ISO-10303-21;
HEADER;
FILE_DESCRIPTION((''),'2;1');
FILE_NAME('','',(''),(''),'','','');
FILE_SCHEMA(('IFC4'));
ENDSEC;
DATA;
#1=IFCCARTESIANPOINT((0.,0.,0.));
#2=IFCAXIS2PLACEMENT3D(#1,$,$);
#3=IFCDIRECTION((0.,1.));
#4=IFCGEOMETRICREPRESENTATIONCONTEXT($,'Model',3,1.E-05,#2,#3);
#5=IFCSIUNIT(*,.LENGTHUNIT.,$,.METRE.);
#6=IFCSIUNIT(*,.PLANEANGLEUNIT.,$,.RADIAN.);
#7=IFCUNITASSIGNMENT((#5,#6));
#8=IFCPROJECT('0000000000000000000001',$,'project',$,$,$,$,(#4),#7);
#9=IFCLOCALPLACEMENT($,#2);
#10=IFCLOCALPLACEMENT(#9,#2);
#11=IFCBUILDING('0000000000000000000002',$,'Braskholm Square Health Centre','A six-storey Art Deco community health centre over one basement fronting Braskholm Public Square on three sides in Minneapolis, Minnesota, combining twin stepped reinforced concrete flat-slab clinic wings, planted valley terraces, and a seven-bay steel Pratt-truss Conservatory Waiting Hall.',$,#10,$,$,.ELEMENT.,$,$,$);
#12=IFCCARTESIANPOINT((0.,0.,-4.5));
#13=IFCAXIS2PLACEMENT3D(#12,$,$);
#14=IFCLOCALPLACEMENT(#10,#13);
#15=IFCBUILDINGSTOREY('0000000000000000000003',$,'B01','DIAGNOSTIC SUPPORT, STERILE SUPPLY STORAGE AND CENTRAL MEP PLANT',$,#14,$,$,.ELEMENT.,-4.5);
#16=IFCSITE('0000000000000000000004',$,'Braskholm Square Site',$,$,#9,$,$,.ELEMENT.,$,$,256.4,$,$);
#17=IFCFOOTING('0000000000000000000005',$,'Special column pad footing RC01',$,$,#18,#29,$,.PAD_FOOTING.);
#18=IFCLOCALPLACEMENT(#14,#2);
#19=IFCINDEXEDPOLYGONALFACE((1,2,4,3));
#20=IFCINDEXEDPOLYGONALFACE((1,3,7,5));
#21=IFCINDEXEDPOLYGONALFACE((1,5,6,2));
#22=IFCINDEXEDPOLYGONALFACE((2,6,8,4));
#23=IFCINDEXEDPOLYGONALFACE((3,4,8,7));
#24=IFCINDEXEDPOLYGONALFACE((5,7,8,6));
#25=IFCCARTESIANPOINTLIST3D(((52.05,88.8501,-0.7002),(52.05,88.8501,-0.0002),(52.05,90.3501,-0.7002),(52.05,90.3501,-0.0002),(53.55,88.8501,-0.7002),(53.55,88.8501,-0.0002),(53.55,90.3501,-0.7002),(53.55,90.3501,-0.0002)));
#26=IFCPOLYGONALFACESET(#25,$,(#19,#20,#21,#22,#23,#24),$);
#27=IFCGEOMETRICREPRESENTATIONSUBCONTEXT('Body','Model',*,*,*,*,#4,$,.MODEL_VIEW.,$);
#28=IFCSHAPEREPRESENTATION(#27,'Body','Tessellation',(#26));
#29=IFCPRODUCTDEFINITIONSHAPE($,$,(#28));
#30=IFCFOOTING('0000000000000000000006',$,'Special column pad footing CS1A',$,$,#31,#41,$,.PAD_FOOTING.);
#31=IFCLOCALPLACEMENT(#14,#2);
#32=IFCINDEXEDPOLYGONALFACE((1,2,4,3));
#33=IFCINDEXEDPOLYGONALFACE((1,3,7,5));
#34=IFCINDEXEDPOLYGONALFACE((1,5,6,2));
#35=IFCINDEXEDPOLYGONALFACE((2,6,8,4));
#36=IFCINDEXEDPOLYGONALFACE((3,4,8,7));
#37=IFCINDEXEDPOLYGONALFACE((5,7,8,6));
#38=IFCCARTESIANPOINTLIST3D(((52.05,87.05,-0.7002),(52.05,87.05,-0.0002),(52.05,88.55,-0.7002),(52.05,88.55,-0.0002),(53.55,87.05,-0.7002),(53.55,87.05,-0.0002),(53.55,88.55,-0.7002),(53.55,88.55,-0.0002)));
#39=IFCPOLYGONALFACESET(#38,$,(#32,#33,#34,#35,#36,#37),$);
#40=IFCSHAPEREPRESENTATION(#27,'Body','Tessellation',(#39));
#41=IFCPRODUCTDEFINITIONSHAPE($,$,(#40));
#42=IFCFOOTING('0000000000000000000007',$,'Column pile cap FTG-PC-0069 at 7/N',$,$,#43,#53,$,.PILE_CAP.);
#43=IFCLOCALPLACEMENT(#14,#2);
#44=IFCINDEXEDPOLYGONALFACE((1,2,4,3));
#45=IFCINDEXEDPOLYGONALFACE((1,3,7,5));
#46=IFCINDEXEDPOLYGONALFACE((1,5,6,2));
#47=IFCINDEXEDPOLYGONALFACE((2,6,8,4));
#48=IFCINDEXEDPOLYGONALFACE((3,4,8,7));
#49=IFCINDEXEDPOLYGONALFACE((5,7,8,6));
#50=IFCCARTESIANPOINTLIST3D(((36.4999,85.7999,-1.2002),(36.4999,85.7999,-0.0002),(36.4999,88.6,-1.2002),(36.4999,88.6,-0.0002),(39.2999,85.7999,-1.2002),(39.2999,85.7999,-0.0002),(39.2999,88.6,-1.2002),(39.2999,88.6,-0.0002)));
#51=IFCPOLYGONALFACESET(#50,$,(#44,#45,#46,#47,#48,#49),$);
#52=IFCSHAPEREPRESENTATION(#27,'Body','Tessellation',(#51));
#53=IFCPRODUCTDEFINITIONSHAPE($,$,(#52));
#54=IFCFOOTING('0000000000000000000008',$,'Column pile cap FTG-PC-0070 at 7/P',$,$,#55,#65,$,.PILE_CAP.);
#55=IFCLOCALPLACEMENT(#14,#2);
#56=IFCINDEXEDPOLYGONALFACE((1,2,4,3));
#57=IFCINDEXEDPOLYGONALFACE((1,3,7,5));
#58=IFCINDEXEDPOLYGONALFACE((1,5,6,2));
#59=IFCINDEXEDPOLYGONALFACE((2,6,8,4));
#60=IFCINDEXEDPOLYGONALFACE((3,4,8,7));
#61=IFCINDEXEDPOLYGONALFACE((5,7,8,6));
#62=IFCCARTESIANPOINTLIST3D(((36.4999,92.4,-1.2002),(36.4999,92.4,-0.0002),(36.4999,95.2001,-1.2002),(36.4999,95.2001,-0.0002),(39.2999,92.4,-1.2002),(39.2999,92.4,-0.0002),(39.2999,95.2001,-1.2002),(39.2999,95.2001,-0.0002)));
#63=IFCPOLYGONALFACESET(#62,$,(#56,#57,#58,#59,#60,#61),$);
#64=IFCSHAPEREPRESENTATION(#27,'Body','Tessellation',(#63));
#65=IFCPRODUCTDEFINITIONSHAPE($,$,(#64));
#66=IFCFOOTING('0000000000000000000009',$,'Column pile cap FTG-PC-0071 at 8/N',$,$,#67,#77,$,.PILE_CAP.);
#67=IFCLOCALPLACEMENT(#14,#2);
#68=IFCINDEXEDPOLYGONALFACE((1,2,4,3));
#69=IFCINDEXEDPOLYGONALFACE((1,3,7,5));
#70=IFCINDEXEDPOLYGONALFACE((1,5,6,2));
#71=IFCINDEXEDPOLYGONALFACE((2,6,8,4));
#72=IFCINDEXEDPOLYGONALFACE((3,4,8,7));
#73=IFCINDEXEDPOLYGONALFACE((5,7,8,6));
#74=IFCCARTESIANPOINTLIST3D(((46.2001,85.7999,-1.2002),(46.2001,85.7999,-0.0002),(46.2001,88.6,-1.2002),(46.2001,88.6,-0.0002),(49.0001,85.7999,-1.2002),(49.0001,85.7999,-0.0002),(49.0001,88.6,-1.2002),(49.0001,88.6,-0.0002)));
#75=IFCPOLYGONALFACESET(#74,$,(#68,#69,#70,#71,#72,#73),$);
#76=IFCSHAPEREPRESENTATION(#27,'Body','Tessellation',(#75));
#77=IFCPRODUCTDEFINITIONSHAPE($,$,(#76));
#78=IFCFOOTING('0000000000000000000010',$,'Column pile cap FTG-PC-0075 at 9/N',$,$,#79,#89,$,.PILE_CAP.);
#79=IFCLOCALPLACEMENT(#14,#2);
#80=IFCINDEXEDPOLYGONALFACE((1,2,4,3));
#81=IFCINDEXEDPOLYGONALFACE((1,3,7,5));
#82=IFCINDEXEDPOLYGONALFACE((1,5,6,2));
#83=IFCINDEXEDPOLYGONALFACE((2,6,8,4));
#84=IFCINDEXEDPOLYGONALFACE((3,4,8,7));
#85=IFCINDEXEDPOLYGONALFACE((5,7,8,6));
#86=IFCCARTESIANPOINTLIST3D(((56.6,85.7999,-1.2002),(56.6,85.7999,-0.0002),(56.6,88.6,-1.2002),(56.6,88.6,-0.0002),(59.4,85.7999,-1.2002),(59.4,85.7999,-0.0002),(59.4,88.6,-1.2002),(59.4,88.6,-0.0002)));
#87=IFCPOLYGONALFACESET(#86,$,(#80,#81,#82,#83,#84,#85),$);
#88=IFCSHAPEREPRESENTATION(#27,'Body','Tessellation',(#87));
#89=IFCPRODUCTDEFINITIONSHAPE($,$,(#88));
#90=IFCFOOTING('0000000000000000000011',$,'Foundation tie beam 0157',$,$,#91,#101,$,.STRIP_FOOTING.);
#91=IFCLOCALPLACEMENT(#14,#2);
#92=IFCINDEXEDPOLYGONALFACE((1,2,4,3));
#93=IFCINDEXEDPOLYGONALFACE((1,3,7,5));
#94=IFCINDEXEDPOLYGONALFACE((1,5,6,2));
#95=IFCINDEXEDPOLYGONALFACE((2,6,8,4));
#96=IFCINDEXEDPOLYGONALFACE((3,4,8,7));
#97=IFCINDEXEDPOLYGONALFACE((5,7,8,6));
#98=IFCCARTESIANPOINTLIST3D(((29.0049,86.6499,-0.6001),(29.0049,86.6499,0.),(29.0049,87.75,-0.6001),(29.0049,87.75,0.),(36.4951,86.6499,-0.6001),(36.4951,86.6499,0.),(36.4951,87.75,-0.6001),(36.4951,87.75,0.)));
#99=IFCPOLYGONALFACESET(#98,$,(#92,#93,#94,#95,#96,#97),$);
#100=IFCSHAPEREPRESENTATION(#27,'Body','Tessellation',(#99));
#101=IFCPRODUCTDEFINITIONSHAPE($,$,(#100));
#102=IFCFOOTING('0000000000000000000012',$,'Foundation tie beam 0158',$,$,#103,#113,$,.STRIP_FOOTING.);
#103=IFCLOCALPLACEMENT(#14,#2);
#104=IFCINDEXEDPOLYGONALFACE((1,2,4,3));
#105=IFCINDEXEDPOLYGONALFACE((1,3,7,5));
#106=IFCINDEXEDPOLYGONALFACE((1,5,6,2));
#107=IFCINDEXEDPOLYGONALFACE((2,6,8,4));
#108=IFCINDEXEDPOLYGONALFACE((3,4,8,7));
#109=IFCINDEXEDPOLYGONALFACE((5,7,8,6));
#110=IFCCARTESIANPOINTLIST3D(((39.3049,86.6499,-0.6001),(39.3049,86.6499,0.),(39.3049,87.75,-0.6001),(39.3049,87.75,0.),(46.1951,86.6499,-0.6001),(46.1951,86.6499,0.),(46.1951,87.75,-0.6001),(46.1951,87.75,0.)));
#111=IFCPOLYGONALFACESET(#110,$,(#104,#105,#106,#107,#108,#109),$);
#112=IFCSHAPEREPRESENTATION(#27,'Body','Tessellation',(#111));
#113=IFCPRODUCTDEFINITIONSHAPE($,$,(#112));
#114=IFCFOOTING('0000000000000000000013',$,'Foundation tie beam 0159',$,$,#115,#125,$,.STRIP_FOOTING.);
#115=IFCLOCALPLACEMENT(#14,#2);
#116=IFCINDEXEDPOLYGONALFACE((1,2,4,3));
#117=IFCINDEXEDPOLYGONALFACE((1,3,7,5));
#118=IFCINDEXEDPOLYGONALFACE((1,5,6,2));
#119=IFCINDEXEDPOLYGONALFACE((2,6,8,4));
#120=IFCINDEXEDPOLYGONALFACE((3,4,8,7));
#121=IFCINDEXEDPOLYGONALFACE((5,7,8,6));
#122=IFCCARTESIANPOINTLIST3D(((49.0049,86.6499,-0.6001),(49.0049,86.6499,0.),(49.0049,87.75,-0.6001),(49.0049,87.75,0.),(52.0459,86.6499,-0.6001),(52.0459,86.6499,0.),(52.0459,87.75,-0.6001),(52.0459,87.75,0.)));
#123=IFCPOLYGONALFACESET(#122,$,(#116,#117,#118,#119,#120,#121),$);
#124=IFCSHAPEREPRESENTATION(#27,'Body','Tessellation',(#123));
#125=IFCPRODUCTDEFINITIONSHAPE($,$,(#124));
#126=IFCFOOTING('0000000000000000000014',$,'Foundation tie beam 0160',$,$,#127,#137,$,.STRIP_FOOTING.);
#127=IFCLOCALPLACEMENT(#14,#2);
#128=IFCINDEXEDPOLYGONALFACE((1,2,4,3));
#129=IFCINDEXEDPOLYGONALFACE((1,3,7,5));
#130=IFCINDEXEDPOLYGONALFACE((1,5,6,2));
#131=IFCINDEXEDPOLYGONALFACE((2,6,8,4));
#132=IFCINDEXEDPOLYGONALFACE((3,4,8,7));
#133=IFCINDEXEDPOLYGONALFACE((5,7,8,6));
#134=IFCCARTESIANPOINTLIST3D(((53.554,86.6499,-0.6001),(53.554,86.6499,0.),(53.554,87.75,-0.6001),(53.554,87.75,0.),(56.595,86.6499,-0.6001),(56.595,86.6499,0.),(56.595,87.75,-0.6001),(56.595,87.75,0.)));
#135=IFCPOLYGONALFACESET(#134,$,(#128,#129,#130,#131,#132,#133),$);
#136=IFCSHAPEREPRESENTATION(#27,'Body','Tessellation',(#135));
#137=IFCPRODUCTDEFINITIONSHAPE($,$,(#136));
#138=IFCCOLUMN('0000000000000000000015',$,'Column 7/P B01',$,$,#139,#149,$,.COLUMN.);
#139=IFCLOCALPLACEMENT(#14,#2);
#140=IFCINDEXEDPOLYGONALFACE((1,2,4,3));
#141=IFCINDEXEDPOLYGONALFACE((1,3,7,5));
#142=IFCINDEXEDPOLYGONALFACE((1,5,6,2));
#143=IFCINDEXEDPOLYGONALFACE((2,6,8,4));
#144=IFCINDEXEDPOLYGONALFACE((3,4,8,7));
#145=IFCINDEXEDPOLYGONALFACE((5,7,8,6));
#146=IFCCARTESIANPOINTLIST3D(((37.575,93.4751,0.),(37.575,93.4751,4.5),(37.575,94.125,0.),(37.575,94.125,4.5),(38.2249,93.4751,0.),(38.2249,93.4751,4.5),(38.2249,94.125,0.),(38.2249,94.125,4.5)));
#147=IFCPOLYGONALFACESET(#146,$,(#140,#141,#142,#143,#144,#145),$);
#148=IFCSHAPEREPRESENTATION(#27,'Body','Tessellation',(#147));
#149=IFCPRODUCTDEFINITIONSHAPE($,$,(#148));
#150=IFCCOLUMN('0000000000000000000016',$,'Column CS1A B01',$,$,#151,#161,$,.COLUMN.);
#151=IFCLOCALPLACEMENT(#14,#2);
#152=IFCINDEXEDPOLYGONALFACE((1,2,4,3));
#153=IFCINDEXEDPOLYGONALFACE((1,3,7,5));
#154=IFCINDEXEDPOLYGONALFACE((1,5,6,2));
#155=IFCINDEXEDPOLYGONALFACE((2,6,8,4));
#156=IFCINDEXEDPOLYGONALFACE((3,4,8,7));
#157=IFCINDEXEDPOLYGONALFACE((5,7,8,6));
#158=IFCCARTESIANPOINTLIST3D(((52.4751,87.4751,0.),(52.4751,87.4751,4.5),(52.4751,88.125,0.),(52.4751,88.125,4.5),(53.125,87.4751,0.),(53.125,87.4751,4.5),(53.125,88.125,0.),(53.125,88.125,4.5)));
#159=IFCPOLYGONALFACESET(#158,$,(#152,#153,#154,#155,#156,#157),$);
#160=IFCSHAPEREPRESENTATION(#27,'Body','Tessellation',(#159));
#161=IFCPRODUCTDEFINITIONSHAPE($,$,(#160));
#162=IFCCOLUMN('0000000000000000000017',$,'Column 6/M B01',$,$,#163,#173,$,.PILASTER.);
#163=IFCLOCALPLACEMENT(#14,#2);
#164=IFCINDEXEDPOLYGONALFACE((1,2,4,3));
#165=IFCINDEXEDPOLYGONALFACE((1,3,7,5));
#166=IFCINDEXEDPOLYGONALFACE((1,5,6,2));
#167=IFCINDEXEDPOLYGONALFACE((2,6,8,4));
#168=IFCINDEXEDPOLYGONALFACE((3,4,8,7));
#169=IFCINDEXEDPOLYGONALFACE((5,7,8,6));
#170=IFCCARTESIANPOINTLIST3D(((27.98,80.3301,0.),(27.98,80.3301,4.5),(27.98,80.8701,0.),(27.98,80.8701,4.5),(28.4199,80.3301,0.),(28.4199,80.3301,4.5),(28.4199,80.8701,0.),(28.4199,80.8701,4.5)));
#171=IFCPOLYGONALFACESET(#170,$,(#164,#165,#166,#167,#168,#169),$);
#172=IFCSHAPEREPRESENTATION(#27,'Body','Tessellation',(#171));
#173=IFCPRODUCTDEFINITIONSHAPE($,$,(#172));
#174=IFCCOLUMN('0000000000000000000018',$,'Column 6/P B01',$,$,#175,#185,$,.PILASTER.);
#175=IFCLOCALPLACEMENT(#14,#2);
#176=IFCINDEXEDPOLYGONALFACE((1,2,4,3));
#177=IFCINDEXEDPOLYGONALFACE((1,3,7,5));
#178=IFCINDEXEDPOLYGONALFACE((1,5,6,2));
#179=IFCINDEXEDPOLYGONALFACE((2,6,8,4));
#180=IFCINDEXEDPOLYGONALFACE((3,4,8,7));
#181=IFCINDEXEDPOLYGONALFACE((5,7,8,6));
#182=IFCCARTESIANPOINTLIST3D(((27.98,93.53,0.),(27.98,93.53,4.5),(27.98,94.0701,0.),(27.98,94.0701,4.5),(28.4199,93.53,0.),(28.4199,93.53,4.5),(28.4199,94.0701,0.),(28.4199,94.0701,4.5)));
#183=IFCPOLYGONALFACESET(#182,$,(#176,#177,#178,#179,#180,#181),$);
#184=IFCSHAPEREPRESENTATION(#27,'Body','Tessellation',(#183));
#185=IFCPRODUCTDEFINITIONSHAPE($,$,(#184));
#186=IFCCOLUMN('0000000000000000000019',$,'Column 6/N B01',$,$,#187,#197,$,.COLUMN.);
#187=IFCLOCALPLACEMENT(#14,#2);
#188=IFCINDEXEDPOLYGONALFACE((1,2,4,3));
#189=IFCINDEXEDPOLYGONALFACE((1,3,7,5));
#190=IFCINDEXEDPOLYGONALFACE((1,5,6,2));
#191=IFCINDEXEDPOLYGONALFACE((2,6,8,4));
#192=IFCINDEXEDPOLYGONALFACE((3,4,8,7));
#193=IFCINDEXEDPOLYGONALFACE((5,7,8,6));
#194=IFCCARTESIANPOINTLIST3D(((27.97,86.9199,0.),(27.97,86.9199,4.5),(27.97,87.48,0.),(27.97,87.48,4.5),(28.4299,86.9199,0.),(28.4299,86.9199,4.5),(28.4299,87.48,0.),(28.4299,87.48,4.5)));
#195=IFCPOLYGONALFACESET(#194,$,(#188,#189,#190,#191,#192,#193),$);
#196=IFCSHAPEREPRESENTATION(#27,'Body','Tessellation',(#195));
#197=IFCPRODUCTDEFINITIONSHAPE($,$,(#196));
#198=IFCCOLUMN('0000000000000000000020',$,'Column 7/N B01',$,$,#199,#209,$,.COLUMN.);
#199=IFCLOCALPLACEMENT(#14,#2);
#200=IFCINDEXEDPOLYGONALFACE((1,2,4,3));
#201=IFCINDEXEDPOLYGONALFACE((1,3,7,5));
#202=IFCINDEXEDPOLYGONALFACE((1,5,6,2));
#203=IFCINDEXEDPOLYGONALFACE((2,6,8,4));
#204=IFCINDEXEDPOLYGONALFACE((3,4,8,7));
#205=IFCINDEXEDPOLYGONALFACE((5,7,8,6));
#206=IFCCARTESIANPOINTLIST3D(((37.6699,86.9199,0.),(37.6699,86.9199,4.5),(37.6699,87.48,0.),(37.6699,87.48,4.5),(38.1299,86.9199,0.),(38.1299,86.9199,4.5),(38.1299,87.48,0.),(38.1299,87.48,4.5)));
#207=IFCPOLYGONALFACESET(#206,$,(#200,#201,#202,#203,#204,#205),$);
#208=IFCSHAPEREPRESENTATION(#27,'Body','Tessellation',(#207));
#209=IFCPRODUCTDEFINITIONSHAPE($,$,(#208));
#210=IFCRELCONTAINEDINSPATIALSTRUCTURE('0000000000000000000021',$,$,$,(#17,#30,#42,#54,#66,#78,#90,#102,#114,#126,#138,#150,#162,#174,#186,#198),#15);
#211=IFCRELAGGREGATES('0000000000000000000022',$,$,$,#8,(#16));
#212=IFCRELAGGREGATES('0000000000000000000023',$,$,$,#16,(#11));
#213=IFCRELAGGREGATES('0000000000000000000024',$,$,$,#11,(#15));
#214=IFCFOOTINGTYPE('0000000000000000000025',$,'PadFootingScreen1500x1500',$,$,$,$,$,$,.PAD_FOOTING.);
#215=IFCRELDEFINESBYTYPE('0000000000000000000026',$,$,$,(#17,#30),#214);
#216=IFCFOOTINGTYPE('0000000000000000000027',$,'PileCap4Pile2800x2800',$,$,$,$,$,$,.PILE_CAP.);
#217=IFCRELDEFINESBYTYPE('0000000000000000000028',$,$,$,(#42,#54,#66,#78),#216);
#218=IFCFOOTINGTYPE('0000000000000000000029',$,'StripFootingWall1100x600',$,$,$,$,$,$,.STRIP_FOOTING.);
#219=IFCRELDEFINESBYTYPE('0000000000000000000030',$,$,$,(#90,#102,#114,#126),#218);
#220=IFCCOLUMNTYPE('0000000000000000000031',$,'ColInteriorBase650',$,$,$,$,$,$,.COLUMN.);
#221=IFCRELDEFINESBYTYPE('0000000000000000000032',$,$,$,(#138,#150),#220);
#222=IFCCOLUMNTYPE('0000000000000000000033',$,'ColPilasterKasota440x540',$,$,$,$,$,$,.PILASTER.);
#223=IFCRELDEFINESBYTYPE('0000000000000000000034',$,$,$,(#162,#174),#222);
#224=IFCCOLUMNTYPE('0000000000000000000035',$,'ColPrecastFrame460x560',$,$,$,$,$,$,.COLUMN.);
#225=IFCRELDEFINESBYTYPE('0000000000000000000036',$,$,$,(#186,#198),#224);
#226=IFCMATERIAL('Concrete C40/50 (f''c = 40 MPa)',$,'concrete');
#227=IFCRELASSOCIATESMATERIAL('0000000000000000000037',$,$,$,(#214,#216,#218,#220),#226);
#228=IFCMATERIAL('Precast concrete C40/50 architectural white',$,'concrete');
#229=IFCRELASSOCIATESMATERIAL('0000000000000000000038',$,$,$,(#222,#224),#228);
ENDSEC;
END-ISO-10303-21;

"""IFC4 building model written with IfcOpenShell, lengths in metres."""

from ifc_helpers import new_model, si_unit, direction, frame, origin, origin_2d, place, context, subcontext, project, spatial, rectangle, extrude, material, material_profile, profile_set, type_object, element, save


model = new_model("IFC4")

# Units and contexts
model_context = context("Model", 3, precision=1e-05, world=origin(), true_north=direction((0.0, 1.0)))
body_context = subcontext(model_context, "Body", "Model", "MODEL_VIEW")
ifc_project = project(units=[si_unit("LENGTHUNIT", "METRE"), si_unit("PLANEANGLEUNIT", "RADIAN")], contexts=[model_context])

# Site, building, storey
site_placement = place(None, origin())
site = spatial("IfcSite", under=ifc_project, at=site_placement, Name="Braskholm Square Site", CompositionType="ELEMENT", RefElevation=256.4)
building_placement = place(site_placement, origin())
building = spatial("IfcBuilding", under=site, at=building_placement, Name="Braskholm Square Health Centre", Description="A six-storey Art Deco community health centre over one basement fronting Braskholm Public Square on three sides in Minneapolis, Minnesota, combining twin stepped reinforced concrete flat-slab clinic wings, planted valley terraces, and a seven-bay steel Pratt-truss Conservatory Waiting Hall.", CompositionType="ELEMENT")
storey_placement = place(building_placement, frame((0.0, 0.0, -4.5)))
storey = spatial("IfcBuildingStorey", under=building, at=storey_placement, Name="B01", Description="DIAGNOSTIC SUPPORT, STERILE SUPPLY STORAGE AND CENTRAL MEP PLANT", CompositionType="ELEMENT", Elevation=-4.5)

# Shared definitions
ifc_material_1 = material(Name="Concrete C40/50 (f'c = 40 MPa)", Category="concrete")

# Footings
footing_type_1 = type_object("IfcFootingType", Name="PadFootingScreen1500x1500", PredefinedType="PAD_FOOTING", material=ifc_material_1)
for number, where, z_axis, x_axis, name in (
    (1, (52.8, 89.6001, -0.7002), (0.0, 0.0, 1.0), (1.0, 0.0, 0.0), "Special column pad footing RC01"),
    (2, (52.8, 87.8, -0.7002), (0.0, 0.0, 1.0), (1.0, 0.0, 0.0), "Special column pad footing CS1A"),
):
    element("IfcFooting", number, at=place(storey_placement, frame(where, z_axis=z_axis, x_axis=x_axis)), inside=storey, type_object=footing_type_1, Name=name, PredefinedType="PAD_FOOTING", context=body_context, shape_type="SweptSolid", body=[
        extrude(rectangle(XDim=1.5, YDim=1.5, at=origin_2d()), origin(), (0.0, 0.0, 1.0), 0.7),
    ])
footing_type_2 = type_object("IfcFootingType", Name="PileCap4Pile2800x2800", PredefinedType="PILE_CAP", material=ifc_material_1)
for number, where, z_axis, x_axis, name in (
    (3, (37.8999, 87.2, -1.2002), (0.0, 0.0, 1.0), (1.0, 0.0, 0.0), "Column pile cap FTG-PC-0069 at 7/N"),
    (4, (37.8999, 93.8, -1.2002), (0.0, 0.0, 1.0), (1.0, 0.0, 0.0), "Column pile cap FTG-PC-0070 at 7/P"),
    (5, (47.6001, 87.2, -1.2002), (0.0, 0.0, 1.0), (1.0, 0.0, 0.0), "Column pile cap FTG-PC-0071 at 8/N"),
    (6, (58.0, 87.2, -1.2002), (0.0, 0.0, 1.0), (1.0, 0.0, 0.0), "Column pile cap FTG-PC-0075 at 9/N"),
):
    element("IfcFooting", number, at=place(storey_placement, frame(where, z_axis=z_axis, x_axis=x_axis)), inside=storey, type_object=footing_type_2, Name=name, PredefinedType="PILE_CAP", context=body_context, shape_type="SweptSolid", body=[
        extrude(rectangle(XDim=2.8, YDim=2.8, at=origin_2d()), origin(), (0.0, 0.0, 1.0), 1.2),
    ])
ifc_material_profile_1 = material_profile(ifc_material_1, rectangle(XDim=1.1001, YDim=0.6001, at=origin_2d()), Name="FTG-1100X600")
ifc_profile_set_1 = profile_set([ifc_material_profile_1], Name="Concrete C40/50 (f'c = 40 MPa)")
footing_type_3 = type_object("IfcFootingType", Name="StripFootingWall1100x600", PredefinedType="STRIP_FOOTING", material=ifc_profile_set_1)
footing_1_placement = place(storey_placement, frame((29.0049, 87.2, -0.3), z_axis=(1.0, 0.0, 0.0), x_axis=(0.0, 1.0, 0.0)))
element("IfcFooting", 7, at=footing_1_placement, inside=storey, type_object=footing_type_3, Name="Foundation tie beam 0157", PredefinedType="STRIP_FOOTING", context=body_context, shape_type="SweptSolid", body=[
    extrude(rectangle(XDim=1.1001, YDim=0.6001, at=origin_2d()), origin(), (0.0, 0.0, 1.0), 7.4902),
])
footing_2_placement = place(storey_placement, frame((39.3049, 87.2, -0.3), z_axis=(1.0, 0.0, 0.0), x_axis=(0.0, 1.0, 0.0)))
element("IfcFooting", 8, at=footing_2_placement, inside=storey, type_object=footing_type_3, Name="Foundation tie beam 0158", PredefinedType="STRIP_FOOTING", context=body_context, shape_type="SweptSolid", body=[
    extrude(rectangle(XDim=1.1001, YDim=0.6001, at=origin_2d()), origin(), (0.0, 0.0, 1.0), 6.8901),
])
for number, where, z_axis, x_axis, name in (
    (9, (49.0049, 87.2, -0.3), (1.0, 0.0, 0.0), (0.0, 1.0, 0.0), "Foundation tie beam 0159"),
    (10, (53.554, 87.2, -0.3), (1.0, 0.0, 0.0), (0.0, 1.0, 0.0), "Foundation tie beam 0160"),
):
    element("IfcFooting", number, at=place(storey_placement, frame(where, z_axis=z_axis, x_axis=x_axis)), inside=storey, type_object=footing_type_3, Name=name, PredefinedType="STRIP_FOOTING", context=body_context, shape_type="SweptSolid", body=[
        extrude(rectangle(XDim=1.1001, YDim=0.6001, at=origin_2d()), origin(), (0.0, 0.0, 1.0), 3.041),
    ])

# Columns
ifc_material_profile_2 = material_profile(ifc_material_1, rectangle(XDim=0.6499, YDim=0.6499, at=origin_2d()), Name="RC-650X650")
ifc_profile_set_2 = profile_set([ifc_material_profile_2], Name="Concrete C40/50 (f'c = 40 MPa)")
column_type_1 = type_object("IfcColumnType", Name="ColInteriorBase650", PredefinedType="COLUMN", material=ifc_profile_set_2)
for number, where, z_axis, x_axis, name in (
    (11, (37.8999, 93.8, 0.0), (0.0, 0.0, 1.0), (1.0, 0.0, 0.0), "Column 7/P B01"),
    (12, (52.8, 87.8, 0.0), (0.0, 0.0, 1.0), (1.0, 0.0, 0.0), "Column CS1A B01"),
):
    element("IfcColumn", number, at=place(storey_placement, frame(where, z_axis=z_axis, x_axis=x_axis)), inside=storey, type_object=column_type_1, Name=name, PredefinedType="COLUMN", context=body_context, shape_type="SweptSolid", body=[
        extrude(rectangle(XDim=0.6499, YDim=0.6499, at=origin_2d()), origin(), (0.0, 0.0, 1.0), 4.5),
    ])
ifc_material_2 = material(Name="Precast concrete C40/50 architectural white", Category="concrete")
ifc_material_profile_3 = material_profile(ifc_material_2, rectangle(XDim=0.4399, YDim=0.54, at=origin_2d()), Name="RC-440X540")
ifc_profile_set_3 = profile_set([ifc_material_profile_3], Name="Precast concrete C40/50 architectural white")
column_type_2 = type_object("IfcColumnType", Name="ColPilasterKasota440x540", PredefinedType="PILASTER", material=ifc_profile_set_3)
for number, where, z_axis, x_axis, name in (
    (13, (28.2, 80.6001, 0.0), (0.0, 0.0, 1.0), (1.0, 0.0, 0.0), "Column 6/M B01"),
    (14, (28.2, 93.8, 0.0), (0.0, 0.0, 1.0), (1.0, 0.0, 0.0), "Column 6/P B01"),
):
    element("IfcColumn", number, at=place(storey_placement, frame(where, z_axis=z_axis, x_axis=x_axis)), inside=storey, type_object=column_type_2, Name=name, PredefinedType="PILASTER", context=body_context, shape_type="SweptSolid", body=[
        extrude(rectangle(XDim=0.4399, YDim=0.54, at=origin_2d()), origin(), (0.0, 0.0, 1.0), 4.5),
    ])
ifc_material_profile_4 = material_profile(ifc_material_2, rectangle(XDim=0.46, YDim=0.5601, at=origin_2d()), Name="RC-460X560")
ifc_profile_set_4 = profile_set([ifc_material_profile_4], Name="Precast concrete C40/50 architectural white")
column_type_3 = type_object("IfcColumnType", Name="ColPrecastFrame460x560", PredefinedType="COLUMN", material=ifc_profile_set_4)
for number, where, z_axis, x_axis, name in (
    (15, (28.2, 87.2, 0.0), (0.0, 0.0, 1.0), (1.0, 0.0, 0.0), "Column 6/N B01"),
    (16, (37.8999, 87.2, 0.0), (0.0, 0.0, 1.0), (1.0, 0.0, 0.0), "Column 7/N B01"),
):
    element("IfcColumn", number, at=place(storey_placement, frame(where, z_axis=z_axis, x_axis=x_axis)), inside=storey, type_object=column_type_3, Name=name, PredefinedType="COLUMN", context=body_context, shape_type="SweptSolid", body=[
        extrude(rectangle(XDim=0.46, YDim=0.5601, at=origin_2d()), origin(), (0.0, 0.0, 1.0), 4.5),
    ])

save(model, "model.ifc")
